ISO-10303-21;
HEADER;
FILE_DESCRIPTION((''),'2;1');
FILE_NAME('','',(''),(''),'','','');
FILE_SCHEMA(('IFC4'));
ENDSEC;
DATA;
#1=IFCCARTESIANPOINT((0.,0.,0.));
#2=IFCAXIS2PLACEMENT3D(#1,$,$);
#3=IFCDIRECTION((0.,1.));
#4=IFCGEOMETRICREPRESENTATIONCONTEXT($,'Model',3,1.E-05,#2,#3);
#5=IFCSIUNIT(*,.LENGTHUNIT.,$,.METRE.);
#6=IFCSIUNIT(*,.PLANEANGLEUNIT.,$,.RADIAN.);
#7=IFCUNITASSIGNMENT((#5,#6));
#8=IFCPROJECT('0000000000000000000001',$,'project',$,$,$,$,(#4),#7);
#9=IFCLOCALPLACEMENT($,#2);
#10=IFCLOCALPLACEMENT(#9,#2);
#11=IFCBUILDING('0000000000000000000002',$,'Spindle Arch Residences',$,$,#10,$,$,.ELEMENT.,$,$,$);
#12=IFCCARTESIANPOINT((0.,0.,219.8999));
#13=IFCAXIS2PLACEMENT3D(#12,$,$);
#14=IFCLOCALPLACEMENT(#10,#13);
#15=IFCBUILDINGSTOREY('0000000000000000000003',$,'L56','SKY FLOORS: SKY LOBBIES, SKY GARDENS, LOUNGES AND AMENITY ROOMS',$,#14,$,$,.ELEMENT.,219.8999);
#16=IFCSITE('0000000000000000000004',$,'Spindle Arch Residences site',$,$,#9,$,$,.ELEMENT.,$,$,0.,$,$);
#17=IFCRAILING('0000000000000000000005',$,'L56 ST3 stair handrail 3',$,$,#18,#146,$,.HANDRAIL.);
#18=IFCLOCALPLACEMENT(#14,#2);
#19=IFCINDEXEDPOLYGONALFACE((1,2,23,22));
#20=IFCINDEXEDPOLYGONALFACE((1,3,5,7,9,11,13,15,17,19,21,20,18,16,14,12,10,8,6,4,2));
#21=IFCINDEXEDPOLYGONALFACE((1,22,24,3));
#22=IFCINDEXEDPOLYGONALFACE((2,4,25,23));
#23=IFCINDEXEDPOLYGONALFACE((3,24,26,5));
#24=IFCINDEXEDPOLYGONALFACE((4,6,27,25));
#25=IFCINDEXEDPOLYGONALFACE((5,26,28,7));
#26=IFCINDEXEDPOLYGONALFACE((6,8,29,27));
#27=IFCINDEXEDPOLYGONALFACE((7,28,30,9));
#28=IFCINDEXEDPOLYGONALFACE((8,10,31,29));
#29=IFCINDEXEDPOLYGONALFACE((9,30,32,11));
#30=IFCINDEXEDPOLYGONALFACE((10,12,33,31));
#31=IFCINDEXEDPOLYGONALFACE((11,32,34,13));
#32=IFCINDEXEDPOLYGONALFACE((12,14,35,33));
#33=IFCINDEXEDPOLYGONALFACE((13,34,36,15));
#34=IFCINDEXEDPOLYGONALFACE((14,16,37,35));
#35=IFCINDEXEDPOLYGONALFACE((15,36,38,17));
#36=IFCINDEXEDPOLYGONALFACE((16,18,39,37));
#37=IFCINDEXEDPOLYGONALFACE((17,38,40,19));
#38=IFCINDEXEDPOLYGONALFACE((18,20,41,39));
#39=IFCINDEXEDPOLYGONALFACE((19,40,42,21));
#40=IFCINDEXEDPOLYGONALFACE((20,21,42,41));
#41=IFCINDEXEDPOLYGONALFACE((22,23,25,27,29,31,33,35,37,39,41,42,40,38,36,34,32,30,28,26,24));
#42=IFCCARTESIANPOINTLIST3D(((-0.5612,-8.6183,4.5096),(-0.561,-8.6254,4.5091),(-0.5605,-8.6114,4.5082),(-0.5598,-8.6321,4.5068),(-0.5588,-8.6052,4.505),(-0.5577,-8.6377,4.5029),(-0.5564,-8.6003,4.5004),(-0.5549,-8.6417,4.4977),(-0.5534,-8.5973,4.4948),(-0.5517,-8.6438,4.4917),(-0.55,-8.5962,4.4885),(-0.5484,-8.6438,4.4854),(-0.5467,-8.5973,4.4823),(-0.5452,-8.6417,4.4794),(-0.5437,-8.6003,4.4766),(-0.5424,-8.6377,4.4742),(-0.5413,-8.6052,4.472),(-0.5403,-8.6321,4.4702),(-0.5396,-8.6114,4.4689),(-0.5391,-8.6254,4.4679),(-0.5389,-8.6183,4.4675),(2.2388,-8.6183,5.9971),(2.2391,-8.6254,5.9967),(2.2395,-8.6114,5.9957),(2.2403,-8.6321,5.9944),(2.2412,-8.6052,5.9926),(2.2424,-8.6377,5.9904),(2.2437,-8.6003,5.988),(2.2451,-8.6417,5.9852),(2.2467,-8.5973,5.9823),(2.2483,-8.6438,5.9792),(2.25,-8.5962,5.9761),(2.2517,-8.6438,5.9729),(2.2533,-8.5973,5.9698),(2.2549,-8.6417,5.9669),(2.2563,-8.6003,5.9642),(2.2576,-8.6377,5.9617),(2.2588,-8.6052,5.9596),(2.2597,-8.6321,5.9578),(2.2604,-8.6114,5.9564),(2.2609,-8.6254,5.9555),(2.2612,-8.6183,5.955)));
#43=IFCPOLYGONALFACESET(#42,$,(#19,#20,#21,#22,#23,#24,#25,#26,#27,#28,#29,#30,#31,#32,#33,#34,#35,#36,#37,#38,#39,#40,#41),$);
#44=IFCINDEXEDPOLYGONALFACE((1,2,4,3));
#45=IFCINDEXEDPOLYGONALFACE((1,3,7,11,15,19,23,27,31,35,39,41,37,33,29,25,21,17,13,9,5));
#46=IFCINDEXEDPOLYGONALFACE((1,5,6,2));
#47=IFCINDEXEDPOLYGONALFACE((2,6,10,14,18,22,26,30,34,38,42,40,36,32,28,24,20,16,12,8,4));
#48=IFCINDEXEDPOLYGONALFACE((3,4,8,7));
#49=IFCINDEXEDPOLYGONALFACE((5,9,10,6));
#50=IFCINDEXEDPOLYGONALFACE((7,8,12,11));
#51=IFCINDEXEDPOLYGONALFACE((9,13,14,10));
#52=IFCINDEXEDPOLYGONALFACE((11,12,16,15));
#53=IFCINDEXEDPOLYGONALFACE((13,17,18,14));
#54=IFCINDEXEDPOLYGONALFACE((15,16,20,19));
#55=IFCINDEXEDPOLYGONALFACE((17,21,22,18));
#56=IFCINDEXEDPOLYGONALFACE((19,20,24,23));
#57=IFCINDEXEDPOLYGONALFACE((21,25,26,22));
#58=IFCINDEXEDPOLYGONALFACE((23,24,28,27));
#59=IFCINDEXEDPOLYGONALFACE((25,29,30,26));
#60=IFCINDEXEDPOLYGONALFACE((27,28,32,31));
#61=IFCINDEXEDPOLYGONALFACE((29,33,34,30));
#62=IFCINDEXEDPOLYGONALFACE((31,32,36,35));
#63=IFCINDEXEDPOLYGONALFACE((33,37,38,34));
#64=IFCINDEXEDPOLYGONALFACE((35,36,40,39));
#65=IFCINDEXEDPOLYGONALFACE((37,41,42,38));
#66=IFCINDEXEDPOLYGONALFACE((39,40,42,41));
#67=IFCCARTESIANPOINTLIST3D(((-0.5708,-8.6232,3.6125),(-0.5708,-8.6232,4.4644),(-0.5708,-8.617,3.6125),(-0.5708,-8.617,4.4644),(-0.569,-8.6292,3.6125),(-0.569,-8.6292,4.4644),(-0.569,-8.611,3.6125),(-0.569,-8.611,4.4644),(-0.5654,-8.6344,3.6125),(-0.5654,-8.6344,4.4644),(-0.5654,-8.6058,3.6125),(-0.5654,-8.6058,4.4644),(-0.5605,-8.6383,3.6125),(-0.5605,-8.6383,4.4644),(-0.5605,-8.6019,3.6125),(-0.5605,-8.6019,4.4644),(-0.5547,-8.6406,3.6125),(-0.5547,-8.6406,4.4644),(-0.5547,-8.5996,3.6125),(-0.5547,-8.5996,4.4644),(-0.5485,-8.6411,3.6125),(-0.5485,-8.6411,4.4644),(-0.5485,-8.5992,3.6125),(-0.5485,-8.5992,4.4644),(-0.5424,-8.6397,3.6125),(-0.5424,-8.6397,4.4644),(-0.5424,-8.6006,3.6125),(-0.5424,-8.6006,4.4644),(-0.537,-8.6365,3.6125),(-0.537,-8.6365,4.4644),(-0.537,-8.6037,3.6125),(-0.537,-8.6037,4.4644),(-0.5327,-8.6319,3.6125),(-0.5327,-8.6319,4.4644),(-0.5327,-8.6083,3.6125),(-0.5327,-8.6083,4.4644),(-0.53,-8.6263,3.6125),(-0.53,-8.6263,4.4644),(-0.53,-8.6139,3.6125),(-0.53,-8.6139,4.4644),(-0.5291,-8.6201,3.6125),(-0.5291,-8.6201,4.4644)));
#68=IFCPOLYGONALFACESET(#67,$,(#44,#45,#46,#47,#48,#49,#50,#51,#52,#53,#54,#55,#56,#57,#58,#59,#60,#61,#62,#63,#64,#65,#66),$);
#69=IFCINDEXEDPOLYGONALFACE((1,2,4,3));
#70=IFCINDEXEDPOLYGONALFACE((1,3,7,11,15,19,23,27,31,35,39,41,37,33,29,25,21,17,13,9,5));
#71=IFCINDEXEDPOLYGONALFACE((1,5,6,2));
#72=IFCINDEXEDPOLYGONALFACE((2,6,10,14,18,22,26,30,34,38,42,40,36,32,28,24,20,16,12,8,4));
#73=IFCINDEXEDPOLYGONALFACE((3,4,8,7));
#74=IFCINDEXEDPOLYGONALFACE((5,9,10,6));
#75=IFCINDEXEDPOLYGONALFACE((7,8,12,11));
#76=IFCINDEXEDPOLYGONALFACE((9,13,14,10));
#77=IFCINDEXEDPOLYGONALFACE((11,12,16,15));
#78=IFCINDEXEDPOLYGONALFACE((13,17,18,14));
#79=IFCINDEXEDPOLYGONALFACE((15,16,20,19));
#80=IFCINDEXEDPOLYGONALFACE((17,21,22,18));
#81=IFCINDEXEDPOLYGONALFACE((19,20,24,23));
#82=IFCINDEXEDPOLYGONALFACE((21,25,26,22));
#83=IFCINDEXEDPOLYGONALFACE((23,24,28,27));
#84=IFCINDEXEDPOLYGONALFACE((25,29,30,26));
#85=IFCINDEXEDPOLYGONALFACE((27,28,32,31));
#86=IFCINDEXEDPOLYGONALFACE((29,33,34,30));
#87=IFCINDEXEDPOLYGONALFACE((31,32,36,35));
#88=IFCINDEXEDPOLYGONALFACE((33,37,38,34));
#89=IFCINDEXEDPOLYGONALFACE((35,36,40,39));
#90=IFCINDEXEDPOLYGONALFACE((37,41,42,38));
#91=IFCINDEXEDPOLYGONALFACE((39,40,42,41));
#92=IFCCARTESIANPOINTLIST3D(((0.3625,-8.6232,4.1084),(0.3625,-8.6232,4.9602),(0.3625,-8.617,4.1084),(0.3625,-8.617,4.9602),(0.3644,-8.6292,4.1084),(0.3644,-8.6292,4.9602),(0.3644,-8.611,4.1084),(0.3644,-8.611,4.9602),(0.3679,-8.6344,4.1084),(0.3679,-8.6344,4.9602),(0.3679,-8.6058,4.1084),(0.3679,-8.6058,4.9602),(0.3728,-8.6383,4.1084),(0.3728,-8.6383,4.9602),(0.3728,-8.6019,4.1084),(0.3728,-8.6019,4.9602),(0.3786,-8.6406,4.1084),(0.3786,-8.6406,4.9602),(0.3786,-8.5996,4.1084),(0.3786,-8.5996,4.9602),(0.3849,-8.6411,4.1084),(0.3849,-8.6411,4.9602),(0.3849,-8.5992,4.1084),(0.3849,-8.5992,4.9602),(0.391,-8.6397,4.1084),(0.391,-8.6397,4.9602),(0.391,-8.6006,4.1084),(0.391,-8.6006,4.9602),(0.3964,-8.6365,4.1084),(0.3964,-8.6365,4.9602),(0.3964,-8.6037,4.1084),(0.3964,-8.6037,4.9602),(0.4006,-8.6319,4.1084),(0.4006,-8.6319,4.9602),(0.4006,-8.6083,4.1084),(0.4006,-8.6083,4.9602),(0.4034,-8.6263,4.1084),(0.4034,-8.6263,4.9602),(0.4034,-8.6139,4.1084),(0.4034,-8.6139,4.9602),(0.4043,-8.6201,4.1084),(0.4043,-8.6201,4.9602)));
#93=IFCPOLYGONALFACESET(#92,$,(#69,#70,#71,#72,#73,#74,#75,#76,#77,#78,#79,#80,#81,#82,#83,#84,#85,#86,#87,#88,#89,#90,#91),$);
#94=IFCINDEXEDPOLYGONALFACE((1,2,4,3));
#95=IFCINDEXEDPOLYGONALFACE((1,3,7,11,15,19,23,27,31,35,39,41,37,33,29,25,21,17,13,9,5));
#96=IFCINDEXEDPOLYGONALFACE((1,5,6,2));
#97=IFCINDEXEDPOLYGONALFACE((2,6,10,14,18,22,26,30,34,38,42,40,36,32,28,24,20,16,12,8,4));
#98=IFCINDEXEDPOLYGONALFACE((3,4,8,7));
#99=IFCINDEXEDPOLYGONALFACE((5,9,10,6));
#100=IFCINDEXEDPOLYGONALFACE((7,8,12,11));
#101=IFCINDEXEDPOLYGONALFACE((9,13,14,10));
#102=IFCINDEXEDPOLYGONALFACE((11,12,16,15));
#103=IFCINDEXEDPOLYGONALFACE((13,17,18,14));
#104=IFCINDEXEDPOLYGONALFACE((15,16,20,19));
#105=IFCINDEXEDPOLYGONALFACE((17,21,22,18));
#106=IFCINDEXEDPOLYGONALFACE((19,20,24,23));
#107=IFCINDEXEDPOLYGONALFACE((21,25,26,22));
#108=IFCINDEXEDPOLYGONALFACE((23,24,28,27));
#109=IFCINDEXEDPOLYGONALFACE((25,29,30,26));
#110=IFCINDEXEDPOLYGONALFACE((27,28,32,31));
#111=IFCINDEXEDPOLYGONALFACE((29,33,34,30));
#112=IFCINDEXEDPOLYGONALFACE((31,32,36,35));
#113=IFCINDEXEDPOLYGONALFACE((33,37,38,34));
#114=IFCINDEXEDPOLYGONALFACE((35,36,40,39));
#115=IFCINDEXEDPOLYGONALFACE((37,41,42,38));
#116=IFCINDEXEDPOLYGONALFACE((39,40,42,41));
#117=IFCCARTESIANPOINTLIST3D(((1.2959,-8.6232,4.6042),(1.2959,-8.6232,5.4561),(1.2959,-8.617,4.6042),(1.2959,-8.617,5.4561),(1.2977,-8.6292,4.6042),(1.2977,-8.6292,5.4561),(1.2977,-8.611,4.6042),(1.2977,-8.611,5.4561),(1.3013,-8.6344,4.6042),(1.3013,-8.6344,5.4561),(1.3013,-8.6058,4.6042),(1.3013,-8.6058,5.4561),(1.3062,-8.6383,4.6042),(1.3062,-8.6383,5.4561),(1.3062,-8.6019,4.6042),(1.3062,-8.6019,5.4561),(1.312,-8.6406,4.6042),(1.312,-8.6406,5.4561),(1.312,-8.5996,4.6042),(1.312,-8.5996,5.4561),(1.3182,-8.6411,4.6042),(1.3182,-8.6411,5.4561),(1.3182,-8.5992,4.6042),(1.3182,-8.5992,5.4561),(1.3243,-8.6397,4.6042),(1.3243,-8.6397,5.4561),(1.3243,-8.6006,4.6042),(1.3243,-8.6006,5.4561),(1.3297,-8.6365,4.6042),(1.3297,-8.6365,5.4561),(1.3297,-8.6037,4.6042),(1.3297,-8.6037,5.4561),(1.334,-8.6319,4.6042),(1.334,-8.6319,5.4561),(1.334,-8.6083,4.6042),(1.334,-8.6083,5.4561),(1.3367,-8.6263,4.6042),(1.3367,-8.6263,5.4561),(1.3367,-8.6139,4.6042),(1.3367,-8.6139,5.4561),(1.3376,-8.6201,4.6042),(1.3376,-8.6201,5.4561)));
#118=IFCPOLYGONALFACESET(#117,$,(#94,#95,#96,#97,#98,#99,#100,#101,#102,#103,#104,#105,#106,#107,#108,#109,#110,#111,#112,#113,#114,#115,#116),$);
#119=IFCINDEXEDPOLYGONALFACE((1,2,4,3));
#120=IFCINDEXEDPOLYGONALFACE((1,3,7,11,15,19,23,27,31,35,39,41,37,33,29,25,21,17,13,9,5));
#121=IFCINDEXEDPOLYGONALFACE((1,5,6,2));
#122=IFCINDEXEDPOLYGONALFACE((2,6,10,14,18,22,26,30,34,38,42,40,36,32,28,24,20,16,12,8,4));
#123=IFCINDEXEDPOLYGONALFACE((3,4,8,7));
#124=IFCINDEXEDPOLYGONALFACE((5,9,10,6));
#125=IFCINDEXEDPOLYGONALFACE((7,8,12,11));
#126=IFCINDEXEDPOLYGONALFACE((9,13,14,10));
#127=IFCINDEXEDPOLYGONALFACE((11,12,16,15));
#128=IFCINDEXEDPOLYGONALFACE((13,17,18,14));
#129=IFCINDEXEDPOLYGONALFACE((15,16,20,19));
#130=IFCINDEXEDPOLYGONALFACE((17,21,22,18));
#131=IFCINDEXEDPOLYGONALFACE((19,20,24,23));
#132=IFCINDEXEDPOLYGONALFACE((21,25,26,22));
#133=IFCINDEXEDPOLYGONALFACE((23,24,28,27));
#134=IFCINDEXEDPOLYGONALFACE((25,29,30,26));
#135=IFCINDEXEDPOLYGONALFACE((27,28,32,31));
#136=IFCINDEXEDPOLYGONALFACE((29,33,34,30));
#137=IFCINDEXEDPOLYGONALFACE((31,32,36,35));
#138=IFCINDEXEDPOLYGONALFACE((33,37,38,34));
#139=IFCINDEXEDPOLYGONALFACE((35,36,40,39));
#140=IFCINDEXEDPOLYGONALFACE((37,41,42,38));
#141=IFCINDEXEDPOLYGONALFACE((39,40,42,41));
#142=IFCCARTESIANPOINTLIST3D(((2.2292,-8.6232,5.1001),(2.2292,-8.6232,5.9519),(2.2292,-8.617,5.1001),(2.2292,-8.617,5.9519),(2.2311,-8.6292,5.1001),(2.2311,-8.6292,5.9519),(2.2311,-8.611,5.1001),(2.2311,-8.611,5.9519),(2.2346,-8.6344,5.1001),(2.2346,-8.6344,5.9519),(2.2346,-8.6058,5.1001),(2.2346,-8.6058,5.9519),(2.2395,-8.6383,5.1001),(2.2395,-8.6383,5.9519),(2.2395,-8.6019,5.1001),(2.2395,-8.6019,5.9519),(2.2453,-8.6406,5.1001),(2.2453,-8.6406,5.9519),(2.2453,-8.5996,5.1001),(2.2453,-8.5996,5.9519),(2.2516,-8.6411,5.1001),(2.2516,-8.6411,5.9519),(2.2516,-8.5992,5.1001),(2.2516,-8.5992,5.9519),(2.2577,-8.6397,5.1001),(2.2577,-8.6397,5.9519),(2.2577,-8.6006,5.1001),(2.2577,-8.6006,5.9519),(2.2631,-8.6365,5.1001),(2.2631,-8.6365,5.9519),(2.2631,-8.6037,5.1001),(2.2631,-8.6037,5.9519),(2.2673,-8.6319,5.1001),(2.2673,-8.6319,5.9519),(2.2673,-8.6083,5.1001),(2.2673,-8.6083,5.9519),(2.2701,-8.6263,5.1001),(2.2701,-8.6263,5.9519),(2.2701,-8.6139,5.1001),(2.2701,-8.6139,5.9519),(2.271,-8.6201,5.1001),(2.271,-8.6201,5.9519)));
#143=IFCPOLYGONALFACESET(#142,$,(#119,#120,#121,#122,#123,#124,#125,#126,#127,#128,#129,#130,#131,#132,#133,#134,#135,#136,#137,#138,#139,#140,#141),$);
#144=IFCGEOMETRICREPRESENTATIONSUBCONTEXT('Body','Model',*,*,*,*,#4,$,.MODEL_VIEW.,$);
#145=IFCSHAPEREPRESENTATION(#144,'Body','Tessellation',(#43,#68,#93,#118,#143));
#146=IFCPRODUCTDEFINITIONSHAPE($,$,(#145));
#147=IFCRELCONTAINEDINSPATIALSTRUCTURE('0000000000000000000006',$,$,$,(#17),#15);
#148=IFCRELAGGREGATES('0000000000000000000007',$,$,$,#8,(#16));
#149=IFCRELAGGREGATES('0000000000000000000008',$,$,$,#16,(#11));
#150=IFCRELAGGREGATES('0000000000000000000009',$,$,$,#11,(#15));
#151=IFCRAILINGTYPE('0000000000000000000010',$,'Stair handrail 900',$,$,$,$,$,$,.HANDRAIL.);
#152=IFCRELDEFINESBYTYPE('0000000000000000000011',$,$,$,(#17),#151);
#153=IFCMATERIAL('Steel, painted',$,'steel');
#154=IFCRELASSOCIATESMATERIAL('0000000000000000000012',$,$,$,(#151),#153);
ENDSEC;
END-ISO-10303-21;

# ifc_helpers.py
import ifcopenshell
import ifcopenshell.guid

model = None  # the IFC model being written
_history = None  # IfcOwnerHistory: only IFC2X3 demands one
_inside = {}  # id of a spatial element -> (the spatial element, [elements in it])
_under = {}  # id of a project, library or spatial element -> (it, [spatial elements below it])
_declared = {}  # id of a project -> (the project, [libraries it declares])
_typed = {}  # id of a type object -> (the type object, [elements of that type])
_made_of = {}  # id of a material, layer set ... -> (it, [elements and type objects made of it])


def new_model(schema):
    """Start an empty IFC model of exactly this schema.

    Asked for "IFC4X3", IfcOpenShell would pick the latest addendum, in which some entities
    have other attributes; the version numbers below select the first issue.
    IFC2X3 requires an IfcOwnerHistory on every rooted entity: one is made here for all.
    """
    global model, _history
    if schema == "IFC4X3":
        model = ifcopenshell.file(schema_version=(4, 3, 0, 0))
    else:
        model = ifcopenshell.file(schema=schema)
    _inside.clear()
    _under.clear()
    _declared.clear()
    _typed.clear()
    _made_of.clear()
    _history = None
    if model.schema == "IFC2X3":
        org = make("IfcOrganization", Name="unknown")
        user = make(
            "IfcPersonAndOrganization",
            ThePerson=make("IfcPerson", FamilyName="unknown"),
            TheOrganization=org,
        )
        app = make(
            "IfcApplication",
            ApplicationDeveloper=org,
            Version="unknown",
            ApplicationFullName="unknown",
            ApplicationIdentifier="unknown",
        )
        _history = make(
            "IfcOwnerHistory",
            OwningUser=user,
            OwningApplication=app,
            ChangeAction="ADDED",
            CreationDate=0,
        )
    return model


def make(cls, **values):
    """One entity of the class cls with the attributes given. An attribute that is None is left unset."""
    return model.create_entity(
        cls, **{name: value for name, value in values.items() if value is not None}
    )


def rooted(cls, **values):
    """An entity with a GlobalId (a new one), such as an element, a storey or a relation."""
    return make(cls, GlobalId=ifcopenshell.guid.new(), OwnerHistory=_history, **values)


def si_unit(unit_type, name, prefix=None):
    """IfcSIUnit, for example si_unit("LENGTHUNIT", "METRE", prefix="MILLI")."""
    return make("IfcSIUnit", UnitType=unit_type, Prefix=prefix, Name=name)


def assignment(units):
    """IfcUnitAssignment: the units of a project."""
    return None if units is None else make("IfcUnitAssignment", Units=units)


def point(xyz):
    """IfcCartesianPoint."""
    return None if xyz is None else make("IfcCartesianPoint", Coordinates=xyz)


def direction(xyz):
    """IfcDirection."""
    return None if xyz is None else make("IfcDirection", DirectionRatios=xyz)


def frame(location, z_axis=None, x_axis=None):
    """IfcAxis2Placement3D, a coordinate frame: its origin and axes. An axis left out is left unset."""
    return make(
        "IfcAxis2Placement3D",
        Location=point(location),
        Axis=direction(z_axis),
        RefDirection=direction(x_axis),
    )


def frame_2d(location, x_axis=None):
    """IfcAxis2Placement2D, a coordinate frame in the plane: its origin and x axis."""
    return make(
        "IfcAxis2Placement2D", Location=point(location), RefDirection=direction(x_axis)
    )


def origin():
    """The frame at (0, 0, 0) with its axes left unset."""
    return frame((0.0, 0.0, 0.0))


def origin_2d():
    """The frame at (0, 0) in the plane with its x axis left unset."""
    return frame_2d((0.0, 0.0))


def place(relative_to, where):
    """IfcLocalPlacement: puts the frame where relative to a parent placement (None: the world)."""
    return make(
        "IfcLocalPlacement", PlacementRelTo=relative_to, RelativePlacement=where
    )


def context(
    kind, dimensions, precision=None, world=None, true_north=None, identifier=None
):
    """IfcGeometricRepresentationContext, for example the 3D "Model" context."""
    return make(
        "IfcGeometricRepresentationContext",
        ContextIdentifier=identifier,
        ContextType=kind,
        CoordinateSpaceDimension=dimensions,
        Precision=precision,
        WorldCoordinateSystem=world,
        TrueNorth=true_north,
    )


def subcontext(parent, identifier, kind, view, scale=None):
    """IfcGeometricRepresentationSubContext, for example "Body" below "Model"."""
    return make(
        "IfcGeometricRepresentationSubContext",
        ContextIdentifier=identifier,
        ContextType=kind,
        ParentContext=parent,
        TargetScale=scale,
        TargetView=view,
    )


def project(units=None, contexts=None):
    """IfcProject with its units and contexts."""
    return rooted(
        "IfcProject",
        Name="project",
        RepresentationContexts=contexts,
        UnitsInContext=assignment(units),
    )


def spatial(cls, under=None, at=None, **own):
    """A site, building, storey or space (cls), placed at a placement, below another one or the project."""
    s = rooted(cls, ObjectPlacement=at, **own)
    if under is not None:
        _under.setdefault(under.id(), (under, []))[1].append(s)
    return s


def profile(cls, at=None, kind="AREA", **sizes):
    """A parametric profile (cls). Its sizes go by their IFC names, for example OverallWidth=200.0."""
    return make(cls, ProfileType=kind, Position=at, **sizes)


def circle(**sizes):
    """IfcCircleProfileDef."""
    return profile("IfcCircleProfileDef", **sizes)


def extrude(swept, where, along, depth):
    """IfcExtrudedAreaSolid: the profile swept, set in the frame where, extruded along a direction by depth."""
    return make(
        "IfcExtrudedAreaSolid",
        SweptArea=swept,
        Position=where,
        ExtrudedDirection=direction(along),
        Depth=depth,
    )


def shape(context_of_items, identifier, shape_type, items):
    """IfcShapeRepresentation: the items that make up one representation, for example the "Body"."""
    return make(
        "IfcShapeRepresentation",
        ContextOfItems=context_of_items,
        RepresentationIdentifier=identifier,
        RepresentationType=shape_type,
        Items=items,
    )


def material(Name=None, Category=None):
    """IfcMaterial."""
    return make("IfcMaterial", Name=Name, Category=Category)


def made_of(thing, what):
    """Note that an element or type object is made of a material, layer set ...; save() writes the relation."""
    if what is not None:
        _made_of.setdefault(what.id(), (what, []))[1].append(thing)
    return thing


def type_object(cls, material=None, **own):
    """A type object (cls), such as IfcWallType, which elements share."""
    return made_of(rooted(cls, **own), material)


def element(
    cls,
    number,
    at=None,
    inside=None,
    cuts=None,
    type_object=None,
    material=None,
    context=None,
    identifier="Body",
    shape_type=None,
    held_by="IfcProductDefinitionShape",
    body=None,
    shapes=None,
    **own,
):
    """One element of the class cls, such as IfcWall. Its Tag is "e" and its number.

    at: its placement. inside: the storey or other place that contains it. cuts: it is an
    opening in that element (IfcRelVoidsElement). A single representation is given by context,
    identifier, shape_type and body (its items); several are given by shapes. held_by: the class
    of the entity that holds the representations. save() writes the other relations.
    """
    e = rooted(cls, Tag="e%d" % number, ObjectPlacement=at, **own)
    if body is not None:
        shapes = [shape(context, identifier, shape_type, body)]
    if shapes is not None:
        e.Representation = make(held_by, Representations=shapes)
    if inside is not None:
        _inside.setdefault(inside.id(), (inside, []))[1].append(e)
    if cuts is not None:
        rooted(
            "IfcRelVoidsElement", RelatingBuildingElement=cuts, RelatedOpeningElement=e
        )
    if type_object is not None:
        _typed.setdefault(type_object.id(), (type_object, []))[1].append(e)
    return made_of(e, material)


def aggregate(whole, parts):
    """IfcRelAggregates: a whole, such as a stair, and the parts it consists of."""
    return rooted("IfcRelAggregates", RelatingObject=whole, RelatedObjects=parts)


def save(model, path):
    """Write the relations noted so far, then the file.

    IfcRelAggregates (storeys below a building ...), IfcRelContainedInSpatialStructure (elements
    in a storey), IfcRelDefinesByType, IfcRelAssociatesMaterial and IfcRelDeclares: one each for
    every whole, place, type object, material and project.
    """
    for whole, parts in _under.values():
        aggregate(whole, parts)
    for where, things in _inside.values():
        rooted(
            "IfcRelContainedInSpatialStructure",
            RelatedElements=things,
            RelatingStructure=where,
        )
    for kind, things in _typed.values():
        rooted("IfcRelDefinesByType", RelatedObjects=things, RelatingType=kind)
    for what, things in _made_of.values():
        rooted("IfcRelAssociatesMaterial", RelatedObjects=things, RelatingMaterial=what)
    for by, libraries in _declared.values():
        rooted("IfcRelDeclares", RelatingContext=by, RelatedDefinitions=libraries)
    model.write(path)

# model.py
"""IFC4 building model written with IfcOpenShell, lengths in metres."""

from ifc_helpers import new_model, si_unit, direction, frame, origin, origin_2d, place, context, subcontext, project, spatial, circle, extrude, material, type_object, element, save


model = new_model("IFC4")

# Units and contexts
model_context = context("Model", 3, precision=1e-05, world=origin(), true_north=direction((0.0, 1.0)))
body_context = subcontext(model_context, "Body", "Model", "MODEL_VIEW")
ifc_project = project(units=[si_unit("LENGTHUNIT", "METRE"), si_unit("PLANEANGLEUNIT", "RADIAN")], contexts=[model_context])

# Site, building, storey
site_placement = place(None, origin())
site = spatial("IfcSite", under=ifc_project, at=site_placement, Name="Spindle Arch Residences site", CompositionType="ELEMENT", RefElevation=0.0)
building_placement = place(site_placement, origin())
building = spatial("IfcBuilding", under=site, at=building_placement, Name="Spindle Arch Residences", CompositionType="ELEMENT")
storey_placement = place(building_placement, frame((0.0, 0.0, 219.8999)))
storey = spatial("IfcBuildingStorey", under=building, at=storey_placement, Name="L56", Description="SKY FLOORS: SKY LOBBIES, SKY GARDENS, LOUNGES AND AMENITY ROOMS", CompositionType="ELEMENT", Elevation=219.8999)

# Railing
ifc_material_1 = material(Name="Steel, painted", Category="steel")
railing_type_1 = type_object("IfcRailingType", Name="Stair handrail 900", PredefinedType="HANDRAIL", material=ifc_material_1)
for number, where, name in (
    (1, (-0.55, -8.6201, 3.6125), "L56 ST3 stair handrail 3"),
):
    element("IfcRailing", number, at=place(storey_placement, frame(where)), inside=storey, type_object=railing_type_1, Name=name, PredefinedType="HANDRAIL", context=body_context, shape_type="SweptSolid", body=[
        extrude(circle(Radius=0.0239, at=origin_2d()), frame((0.0, 0.0, 0.876), z_axis=(0.883113, 0.0, 0.469161), x_axis=(0.0, 1.0, 0.0)), (0.0, 0.0, 1.0), 3.1707),
        extrude(circle(Radius=0.021, at=origin_2d()), origin(), (0.0, 0.0, 1.0), 0.8518),
        extrude(circle(Radius=0.021, at=origin_2d()), frame((0.9333, 0.0, 0.4958)), (0.0, 0.0, 1.0), 0.8518),
        extrude(circle(Radius=0.021, at=origin_2d()), frame((1.8667, 0.0, 0.9917)), (0.0, 0.0, 1.0), 0.8518),
        extrude(circle(Radius=0.021, at=origin_2d()), frame((2.8, 0.0, 1.4875)), (0.0, 0.0, 1.0), 0.8518),
    ])

save(model, "model.ifc")
